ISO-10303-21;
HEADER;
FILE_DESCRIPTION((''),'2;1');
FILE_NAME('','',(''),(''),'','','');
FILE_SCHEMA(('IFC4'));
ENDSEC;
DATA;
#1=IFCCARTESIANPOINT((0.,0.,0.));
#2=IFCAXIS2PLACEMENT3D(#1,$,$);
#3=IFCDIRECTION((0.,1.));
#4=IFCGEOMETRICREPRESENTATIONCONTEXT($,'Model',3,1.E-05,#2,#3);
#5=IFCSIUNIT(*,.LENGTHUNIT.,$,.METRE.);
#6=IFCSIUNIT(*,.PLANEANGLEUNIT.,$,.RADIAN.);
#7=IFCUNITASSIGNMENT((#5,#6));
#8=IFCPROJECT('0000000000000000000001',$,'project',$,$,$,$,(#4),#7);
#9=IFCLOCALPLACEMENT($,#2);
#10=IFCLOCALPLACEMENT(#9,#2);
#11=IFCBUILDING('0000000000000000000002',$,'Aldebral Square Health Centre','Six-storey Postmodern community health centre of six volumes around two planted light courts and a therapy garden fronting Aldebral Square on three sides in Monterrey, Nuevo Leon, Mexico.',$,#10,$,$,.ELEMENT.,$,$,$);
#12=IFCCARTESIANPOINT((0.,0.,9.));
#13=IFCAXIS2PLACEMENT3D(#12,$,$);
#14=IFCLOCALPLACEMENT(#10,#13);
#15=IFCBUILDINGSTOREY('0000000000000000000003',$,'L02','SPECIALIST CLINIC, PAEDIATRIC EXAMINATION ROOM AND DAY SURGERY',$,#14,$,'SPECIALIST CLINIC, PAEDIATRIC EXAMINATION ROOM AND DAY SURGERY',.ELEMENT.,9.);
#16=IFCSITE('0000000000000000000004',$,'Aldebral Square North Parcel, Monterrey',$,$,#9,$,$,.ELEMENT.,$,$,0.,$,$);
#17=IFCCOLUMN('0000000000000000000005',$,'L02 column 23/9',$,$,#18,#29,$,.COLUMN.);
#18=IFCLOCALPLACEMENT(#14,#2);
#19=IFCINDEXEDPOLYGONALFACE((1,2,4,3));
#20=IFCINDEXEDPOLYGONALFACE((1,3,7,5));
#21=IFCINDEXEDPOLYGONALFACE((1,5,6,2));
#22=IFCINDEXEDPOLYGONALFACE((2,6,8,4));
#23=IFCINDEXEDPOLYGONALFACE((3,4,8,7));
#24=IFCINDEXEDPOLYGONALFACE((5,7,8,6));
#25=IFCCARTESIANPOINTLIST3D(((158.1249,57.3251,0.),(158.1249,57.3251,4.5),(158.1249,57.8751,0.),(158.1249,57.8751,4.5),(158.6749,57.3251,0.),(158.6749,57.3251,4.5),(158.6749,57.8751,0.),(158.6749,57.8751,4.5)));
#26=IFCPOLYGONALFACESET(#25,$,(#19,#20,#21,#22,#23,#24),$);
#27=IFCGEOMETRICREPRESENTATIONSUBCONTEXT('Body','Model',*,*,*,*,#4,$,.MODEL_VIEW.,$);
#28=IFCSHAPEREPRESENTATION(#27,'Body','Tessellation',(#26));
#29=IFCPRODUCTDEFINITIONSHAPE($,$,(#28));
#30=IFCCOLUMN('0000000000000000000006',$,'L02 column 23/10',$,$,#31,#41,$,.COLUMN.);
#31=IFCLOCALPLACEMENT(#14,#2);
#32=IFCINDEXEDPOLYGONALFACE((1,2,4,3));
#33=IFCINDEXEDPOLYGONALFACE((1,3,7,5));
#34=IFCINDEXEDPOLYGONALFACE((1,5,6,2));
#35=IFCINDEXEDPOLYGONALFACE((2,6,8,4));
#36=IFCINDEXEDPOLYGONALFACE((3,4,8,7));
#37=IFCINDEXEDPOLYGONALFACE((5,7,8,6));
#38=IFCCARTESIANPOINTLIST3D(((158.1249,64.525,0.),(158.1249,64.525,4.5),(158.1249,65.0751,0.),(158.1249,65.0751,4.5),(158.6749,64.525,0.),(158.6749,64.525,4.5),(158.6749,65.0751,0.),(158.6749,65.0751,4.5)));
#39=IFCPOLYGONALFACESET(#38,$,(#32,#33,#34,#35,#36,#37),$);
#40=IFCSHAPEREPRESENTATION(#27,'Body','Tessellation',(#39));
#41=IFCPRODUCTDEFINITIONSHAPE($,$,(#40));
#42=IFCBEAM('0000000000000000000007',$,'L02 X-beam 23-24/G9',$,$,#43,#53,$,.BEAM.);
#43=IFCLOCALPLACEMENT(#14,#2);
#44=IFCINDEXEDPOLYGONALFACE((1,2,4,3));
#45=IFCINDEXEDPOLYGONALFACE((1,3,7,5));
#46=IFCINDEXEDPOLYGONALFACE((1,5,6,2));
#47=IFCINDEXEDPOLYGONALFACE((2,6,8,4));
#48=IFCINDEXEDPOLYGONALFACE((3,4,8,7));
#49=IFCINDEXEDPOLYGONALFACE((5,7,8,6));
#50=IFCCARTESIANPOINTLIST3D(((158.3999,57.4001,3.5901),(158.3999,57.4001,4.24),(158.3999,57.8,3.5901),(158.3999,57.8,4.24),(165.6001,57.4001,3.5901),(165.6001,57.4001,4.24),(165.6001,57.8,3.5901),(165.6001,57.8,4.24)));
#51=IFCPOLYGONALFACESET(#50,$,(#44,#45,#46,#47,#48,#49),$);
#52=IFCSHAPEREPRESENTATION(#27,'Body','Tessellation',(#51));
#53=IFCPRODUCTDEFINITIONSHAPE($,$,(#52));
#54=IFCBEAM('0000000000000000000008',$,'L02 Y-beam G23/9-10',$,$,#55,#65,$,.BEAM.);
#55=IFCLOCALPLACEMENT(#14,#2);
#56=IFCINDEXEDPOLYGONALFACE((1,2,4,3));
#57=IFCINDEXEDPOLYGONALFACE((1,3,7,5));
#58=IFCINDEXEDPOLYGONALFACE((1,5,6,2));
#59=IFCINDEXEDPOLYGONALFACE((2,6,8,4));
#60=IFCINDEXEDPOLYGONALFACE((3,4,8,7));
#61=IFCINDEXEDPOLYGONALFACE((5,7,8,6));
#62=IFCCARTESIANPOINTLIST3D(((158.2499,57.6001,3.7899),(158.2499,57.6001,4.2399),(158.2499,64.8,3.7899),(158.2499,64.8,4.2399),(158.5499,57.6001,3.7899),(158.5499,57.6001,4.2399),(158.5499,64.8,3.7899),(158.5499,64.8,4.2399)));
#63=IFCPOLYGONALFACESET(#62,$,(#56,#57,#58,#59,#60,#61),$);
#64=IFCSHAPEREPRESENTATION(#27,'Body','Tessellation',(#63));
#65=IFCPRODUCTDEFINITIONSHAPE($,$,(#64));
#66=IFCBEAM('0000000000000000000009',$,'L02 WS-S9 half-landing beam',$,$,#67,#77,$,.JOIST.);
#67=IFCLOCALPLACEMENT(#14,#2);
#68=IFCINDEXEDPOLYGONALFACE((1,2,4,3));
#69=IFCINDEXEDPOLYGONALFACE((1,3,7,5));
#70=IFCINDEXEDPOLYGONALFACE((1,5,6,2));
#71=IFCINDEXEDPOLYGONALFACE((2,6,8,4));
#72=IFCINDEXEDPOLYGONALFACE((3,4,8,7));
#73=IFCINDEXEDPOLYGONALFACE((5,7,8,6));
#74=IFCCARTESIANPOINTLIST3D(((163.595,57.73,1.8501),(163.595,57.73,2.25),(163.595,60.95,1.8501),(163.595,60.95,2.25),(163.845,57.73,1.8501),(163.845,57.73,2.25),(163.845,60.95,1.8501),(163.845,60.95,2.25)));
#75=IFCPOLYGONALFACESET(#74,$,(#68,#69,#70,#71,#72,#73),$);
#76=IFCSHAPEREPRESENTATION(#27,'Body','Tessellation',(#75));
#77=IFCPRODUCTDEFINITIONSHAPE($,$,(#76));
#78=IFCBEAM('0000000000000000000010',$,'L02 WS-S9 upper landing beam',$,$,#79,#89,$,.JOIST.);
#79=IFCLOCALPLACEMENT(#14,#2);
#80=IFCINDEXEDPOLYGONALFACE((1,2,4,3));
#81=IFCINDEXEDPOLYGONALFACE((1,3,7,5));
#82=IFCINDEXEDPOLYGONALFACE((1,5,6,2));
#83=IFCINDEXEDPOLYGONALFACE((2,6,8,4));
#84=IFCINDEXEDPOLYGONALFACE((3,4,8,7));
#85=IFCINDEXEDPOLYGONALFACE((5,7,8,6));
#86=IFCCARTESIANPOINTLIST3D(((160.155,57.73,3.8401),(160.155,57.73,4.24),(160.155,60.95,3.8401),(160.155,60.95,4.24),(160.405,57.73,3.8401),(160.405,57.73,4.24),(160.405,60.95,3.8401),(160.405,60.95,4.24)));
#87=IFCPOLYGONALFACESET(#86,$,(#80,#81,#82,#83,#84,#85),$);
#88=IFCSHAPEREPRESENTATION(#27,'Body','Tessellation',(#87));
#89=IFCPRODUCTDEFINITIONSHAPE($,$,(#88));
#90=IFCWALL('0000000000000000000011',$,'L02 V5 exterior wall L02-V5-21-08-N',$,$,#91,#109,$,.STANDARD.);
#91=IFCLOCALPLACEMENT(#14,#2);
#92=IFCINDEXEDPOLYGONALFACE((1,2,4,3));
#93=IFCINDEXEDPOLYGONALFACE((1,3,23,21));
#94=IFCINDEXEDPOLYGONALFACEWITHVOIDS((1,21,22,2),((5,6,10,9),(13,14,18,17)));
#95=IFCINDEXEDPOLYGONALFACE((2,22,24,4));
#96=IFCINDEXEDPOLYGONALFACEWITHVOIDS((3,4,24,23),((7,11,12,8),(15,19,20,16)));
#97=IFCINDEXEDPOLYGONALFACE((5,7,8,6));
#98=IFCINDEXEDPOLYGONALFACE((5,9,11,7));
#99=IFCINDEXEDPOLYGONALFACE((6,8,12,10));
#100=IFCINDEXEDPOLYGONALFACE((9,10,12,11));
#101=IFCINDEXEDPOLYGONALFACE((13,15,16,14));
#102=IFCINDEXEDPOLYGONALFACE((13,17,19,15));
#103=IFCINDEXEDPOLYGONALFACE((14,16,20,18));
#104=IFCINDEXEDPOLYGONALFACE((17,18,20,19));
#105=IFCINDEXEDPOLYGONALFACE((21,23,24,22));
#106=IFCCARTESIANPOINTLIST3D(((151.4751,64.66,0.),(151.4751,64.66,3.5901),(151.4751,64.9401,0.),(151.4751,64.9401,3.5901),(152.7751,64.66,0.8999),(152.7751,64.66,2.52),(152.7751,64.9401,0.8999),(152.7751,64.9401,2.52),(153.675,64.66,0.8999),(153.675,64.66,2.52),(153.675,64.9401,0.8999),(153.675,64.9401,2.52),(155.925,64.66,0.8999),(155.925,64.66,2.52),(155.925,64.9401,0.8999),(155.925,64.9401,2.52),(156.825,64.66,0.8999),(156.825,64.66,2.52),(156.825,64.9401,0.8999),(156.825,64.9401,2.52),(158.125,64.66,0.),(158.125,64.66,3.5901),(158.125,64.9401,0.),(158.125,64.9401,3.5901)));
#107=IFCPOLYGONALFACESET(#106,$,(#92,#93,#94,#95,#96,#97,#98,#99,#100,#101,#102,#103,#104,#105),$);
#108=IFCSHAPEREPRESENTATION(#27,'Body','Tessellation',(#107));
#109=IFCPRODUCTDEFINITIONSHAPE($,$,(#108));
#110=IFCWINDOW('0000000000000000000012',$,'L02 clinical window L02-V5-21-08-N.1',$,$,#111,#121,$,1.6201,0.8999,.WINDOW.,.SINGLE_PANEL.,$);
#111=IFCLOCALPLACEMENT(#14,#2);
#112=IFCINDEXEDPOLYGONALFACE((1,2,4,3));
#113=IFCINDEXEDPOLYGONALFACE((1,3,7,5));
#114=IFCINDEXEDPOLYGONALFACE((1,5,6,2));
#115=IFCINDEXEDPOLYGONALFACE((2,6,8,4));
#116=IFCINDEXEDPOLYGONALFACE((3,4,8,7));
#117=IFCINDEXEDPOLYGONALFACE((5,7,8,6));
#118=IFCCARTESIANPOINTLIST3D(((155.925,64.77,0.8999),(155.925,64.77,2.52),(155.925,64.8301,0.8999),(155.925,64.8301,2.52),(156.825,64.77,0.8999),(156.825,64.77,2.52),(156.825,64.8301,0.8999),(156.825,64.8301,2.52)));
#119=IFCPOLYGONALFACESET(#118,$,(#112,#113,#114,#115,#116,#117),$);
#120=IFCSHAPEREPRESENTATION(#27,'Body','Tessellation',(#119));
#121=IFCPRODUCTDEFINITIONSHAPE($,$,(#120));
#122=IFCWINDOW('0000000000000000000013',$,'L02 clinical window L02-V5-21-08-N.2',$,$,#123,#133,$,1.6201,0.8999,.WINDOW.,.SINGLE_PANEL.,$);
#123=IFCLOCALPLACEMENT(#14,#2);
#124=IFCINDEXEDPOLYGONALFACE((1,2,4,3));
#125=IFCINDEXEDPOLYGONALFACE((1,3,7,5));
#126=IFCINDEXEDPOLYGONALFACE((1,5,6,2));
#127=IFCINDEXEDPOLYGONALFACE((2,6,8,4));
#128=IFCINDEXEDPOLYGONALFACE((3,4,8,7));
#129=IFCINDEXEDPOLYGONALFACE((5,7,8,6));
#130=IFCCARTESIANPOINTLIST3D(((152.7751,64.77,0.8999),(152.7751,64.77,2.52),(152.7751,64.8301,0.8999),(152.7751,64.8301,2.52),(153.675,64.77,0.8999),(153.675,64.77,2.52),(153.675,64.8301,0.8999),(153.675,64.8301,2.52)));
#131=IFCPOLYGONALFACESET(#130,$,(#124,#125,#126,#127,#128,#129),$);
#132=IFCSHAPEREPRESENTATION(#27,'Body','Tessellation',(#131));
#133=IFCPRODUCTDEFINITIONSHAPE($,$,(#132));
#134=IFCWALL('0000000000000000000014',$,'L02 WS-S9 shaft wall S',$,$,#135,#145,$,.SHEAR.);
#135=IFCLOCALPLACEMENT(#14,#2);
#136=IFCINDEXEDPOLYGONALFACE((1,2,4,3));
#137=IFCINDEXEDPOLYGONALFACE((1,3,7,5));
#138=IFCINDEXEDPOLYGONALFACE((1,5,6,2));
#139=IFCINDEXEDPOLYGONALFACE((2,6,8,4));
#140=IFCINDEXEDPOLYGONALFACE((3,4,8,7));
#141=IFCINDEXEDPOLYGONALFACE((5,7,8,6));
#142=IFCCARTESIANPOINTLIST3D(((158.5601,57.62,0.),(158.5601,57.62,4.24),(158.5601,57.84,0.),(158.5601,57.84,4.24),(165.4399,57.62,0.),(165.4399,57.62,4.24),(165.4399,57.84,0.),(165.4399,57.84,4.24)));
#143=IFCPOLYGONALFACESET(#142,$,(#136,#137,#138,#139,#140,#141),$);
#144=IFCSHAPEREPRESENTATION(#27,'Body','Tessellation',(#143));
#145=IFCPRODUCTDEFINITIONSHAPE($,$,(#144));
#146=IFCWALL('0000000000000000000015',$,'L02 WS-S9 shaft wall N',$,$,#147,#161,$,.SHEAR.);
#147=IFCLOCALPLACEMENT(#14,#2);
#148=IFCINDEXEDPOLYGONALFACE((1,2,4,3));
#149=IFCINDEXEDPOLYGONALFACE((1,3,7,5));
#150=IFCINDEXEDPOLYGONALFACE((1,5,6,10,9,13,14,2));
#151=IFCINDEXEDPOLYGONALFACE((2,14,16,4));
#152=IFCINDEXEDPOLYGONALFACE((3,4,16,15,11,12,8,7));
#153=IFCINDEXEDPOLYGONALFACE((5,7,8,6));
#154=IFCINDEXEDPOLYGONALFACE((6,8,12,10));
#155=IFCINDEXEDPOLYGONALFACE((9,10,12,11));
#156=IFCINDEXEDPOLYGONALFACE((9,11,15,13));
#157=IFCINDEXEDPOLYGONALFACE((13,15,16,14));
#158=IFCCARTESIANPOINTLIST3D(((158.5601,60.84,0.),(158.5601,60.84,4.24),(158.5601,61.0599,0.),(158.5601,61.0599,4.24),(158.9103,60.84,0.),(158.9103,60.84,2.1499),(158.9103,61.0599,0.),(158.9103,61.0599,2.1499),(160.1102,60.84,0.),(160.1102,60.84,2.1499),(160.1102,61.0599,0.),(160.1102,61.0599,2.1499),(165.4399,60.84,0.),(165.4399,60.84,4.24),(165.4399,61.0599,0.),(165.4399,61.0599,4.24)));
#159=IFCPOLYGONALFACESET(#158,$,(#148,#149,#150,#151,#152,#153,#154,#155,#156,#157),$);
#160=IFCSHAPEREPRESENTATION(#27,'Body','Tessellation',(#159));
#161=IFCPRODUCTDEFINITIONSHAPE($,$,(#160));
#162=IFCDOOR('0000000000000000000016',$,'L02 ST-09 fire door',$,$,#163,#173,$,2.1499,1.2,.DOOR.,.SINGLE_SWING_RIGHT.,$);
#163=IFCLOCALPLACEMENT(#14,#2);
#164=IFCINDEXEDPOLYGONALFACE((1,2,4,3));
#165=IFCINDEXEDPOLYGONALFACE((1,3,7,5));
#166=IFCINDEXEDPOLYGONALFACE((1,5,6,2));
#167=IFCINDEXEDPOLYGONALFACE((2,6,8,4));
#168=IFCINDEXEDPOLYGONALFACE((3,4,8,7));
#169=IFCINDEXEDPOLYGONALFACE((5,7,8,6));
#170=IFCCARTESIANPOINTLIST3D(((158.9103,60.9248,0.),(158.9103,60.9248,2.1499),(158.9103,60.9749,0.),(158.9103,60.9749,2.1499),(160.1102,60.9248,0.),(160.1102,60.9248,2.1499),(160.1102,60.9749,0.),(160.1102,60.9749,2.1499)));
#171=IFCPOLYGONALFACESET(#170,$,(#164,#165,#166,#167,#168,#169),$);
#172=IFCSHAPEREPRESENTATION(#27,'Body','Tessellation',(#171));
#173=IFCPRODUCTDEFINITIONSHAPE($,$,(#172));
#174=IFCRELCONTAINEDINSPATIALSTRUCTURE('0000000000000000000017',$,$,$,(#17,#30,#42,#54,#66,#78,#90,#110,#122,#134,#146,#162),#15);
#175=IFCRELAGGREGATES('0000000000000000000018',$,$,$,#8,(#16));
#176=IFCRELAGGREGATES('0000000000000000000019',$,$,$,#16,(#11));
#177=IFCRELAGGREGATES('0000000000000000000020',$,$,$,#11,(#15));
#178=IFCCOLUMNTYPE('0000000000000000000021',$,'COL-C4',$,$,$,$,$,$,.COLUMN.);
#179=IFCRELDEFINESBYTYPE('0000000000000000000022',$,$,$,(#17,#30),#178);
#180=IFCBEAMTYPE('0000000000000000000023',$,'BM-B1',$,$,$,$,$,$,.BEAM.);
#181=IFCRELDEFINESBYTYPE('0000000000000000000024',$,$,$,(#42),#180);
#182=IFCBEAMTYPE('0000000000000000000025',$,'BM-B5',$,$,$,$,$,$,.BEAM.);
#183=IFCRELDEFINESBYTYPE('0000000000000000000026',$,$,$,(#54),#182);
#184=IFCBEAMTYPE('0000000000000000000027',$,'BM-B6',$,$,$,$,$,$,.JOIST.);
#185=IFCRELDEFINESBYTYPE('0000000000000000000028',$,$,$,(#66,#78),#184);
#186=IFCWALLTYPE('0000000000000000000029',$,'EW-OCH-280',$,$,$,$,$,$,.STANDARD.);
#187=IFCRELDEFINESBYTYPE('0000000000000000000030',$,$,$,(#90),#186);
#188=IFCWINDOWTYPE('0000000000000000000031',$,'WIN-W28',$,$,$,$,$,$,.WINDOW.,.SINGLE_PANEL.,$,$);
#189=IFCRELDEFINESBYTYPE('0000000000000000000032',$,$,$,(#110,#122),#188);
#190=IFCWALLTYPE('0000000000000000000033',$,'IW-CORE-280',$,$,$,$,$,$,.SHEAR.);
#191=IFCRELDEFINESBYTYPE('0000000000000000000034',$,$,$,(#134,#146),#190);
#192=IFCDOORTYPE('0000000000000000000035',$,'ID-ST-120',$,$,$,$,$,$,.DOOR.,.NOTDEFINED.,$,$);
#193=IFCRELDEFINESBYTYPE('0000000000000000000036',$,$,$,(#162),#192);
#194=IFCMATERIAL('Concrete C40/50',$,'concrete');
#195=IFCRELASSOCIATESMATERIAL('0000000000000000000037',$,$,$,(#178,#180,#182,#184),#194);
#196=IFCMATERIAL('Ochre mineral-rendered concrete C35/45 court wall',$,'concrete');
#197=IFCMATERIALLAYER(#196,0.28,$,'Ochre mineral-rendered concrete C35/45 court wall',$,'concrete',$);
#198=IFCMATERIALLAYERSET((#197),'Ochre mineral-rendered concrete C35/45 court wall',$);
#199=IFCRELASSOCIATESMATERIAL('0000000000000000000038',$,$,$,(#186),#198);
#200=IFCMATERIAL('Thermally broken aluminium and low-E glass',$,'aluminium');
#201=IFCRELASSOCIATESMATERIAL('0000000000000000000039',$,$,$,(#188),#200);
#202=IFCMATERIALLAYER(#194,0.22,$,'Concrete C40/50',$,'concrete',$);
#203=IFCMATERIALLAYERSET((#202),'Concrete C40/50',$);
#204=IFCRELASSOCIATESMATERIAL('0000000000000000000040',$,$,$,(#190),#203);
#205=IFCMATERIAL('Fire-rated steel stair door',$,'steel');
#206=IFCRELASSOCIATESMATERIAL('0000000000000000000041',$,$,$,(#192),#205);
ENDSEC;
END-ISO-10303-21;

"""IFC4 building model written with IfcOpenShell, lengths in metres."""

from ifc_helpers import new_model, si_unit, direction, frame, frame_2d, origin, origin_2d, place, context, subcontext, project, spatial, rectangle, extrude, material, layer, layer_set, material_profile, profile_set, type_object, element, fill, save


model = new_model("IFC4")

# Units and contexts
model_context = context("Model", 3, precision=1e-05, world=origin(), true_north=direction((0.0, 1.0)))
body_context = subcontext(model_context, "Body", "Model", "MODEL_VIEW")
ifc_project = project(units=[si_unit("LENGTHUNIT", "METRE"), si_unit("PLANEANGLEUNIT", "RADIAN")], contexts=[model_context])

# Site, building, storey
site_placement = place(None, origin())
site = spatial("IfcSite", under=ifc_project, at=site_placement, Name="Aldebral Square North Parcel, Monterrey", CompositionType="ELEMENT", RefElevation=0.0)
building_placement = place(site_placement, origin())
building = spatial("IfcBuilding", under=site, at=building_placement, Name="Aldebral Square Health Centre", Description="Six-storey Postmodern community health centre of six volumes around two planted light courts and a therapy garden fronting Aldebral Square on three sides in Monterrey, Nuevo Leon, Mexico.", CompositionType="ELEMENT")
storey_placement = place(building_placement, frame((0.0, 0.0, 9.0)))
storey = spatial("IfcBuildingStorey", under=building, at=storey_placement, Name="L02", Description="SPECIALIST CLINIC, PAEDIATRIC EXAMINATION ROOM AND DAY SURGERY", LongName="SPECIALIST CLINIC, PAEDIATRIC EXAMINATION ROOM AND DAY SURGERY", CompositionType="ELEMENT", Elevation=9.0)

# Columns
ifc_material_1 = material(Name="Concrete C40/50", Category="concrete")
ifc_material_profile_1 = material_profile(ifc_material_1, rectangle(XDim=0.55, YDim=0.55, at=origin_2d()), Name="RC 550x550")
ifc_profile_set_1 = profile_set([ifc_material_profile_1], Name="Concrete C40/50")
column_type = type_object("IfcColumnType", Name="COL-C4", PredefinedType="COLUMN", material=ifc_profile_set_1)
for number, where, z_axis, x_axis, name in (
    (1, (158.3999, 57.6001, 0.0), (0.0, 0.0, 1.0), (1.0, 0.0, 0.0), "L02 column 23/9"),
    (2, (158.3999, 64.8, 0.0), (0.0, 0.0, 1.0), (1.0, 0.0, 0.0), "L02 column 23/10"),
):
    element("IfcColumn", number, at=place(storey_placement, frame(where, z_axis=z_axis, x_axis=x_axis)), inside=storey, type_object=column_type, Name=name, PredefinedType="COLUMN", context=body_context, shape_type="SweptSolid", body=[
        extrude(rectangle(XDim=0.55, YDim=0.55, at=origin_2d()), origin(), (0.0, 0.0, 1.0), 4.5),
    ])

# Beams
ifc_material_profile_2 = material_profile(ifc_material_1, rectangle(XDim=0.3999, YDim=0.6499, at=origin_2d()), Name="RC 400x650")
ifc_profile_set_2 = profile_set([ifc_material_profile_2], Name="Concrete C40/50")
beam_type_1 = type_object("IfcBeamType", Name="BM-B1", PredefinedType="BEAM", material=ifc_profile_set_2)
beam_1_placement = place(storey_placement, frame((158.3999, 57.6001, 3.915), z_axis=(1.0, 0.0, 0.0), x_axis=(0.0, 1.0, 0.0)))
element("IfcBeam", 3, at=beam_1_placement, inside=storey, type_object=beam_type_1, Name="L02 X-beam 23-24/G9", PredefinedType="BEAM", context=body_context, shape_type="SweptSolid", body=[
    extrude(rectangle(XDim=0.3999, YDim=0.6499, at=origin_2d()), origin(), (0.0, 0.0, 1.0), 7.2002),
])
ifc_material_profile_3 = material_profile(ifc_material_1, rectangle(XDim=0.3, YDim=0.45, at=origin_2d()), Name="RC 300x450")
ifc_profile_set_3 = profile_set([ifc_material_profile_3], Name="Concrete C40/50")
beam_type_2 = type_object("IfcBeamType", Name="BM-B5", PredefinedType="BEAM", material=ifc_profile_set_3)
beam_2_placement = place(storey_placement, frame((158.3999, 57.6001, 4.0149), z_axis=(0.0, 1.0, 0.0), x_axis=(-1.0, 0.0, 0.0)))
element("IfcBeam", 4, at=beam_2_placement, inside=storey, type_object=beam_type_2, Name="L02 Y-beam G23/9-10", PredefinedType="BEAM", context=body_context, shape_type="SweptSolid", body=[
    extrude(rectangle(XDim=0.3, YDim=0.45, at=origin_2d()), origin(), (0.0, 0.0, 1.0), 7.2),
])
ifc_material_profile_4 = material_profile(ifc_material_1, rectangle(XDim=0.25, YDim=0.3999, at=origin_2d()), Name="RC 250x400")
ifc_profile_set_4 = profile_set([ifc_material_profile_4], Name="Concrete C40/50")
beam_type_3 = type_object("IfcBeamType", Name="BM-B6", PredefinedType="JOIST", material=ifc_profile_set_4)
for number, where, z_axis, x_axis, name in (
    (5, (163.72, 57.73, 2.05), (0.0, 1.0, 0.0), (-1.0, 0.0, 0.0), "L02 WS-S9 half-landing beam"),
    (6, (160.28, 57.73, 4.04), (0.0, 1.0, 0.0), (-1.0, 0.0, 0.0), "L02 WS-S9 upper landing beam"),
):
    element("IfcBeam", number, at=place(storey_placement, frame(where, z_axis=z_axis, x_axis=x_axis)), inside=storey, type_object=beam_type_3, Name=name, PredefinedType="JOIST", context=body_context, shape_type="SweptSolid", body=[
        extrude(rectangle(XDim=0.25, YDim=0.3999, at=origin_2d()), origin(), (0.0, 0.0, 1.0), 3.22),
    ])

# Wall, openings, windows
ifc_material_2 = material(Name="Ochre mineral-rendered concrete C35/45 court wall", Category="concrete")
ifc_layer_1 = layer(ifc_material_2, 0.28, Name="Ochre mineral-rendered concrete C35/45 court wall", Category="concrete")
ifc_layer_set_1 = layer_set([ifc_layer_1], Name="Ochre mineral-rendered concrete C35/45 court wall")
wall_type_1 = type_object("IfcWallType", Name="EW-OCH-280", PredefinedType="STANDARD", material=ifc_layer_set_1)
wall_1_placement = place(storey_placement, frame((158.125, 64.8, 0.0), z_axis=(0.0, 0.0, 1.0), x_axis=(-1.0, 0.0, 0.0)))
wall_1 = element("IfcWall", 7, at=wall_1_placement, inside=storey, type_object=wall_type_1, Name="L02 V5 exterior wall L02-V5-21-08-N", PredefinedType="STANDARD", context=body_context, shape_type="SweptSolid", body=[
    extrude(rectangle(XDim=6.6499, YDim=0.28, at=frame_2d((3.325, 0.0))), origin(), (0.0, 0.0, 1.0), 3.5901),
])
opening_1_placement = place(wall_1_placement, frame((1.3, 0.0, 0.8999)))
opening_1 = element("IfcOpeningElement", 8, at=opening_1_placement, cuts=wall_1, PredefinedType="OPENING", context=body_context, shape_type="SweptSolid", body=[
    extrude(rectangle(XDim=0.8999, YDim=1.6201, at=frame_2d((0.45, 0.8101))), frame((0.0, 0.1499, 0.0), z_axis=(0.0, -1.0, 0.0), x_axis=(1.0, 0.0, 0.0)), (0.0, 0.0, 1.0), 0.3),
])
opening_2_placement = place(wall_1_placement, frame((4.45, 0.0, 0.8999)))
opening_2 = element("IfcOpeningElement", 9, at=opening_2_placement, cuts=wall_1, PredefinedType="OPENING", context=body_context, shape_type="SweptSolid", body=[
    extrude(rectangle(XDim=0.8999, YDim=1.6201, at=frame_2d((0.45, 0.8101))), frame((0.0, 0.1499, 0.0), z_axis=(0.0, -1.0, 0.0), x_axis=(1.0, 0.0, 0.0)), (0.0, 0.0, 1.0), 0.3),
])
ifc_material_3 = material(Name="Thermally broken aluminium and low-E glass", Category="aluminium")
window_type = type_object("IfcWindowType", Name="WIN-W28", PartitioningType="SINGLE_PANEL", PredefinedType="WINDOW", material=ifc_material_3)
window_1_placement = place(opening_1_placement, origin())
window_1 = element("IfcWindow", 10, at=window_1_placement, inside=storey, type_object=window_type, Name="L02 clinical window L02-V5-21-08-N.1", OverallHeight=1.6201, OverallWidth=0.8999, PartitioningType="SINGLE_PANEL", PredefinedType="WINDOW", context=body_context, shape_type="SweptSolid", body=[
    extrude(rectangle(XDim=0.8999, YDim=1.6201, at=frame_2d((0.45, 0.8101))), frame((0.0, 0.03, 0.0), z_axis=(0.0, -1.0, 0.0), x_axis=(1.0, 0.0, 0.0)), (0.0, 0.0, 1.0), 0.0601),
])
fill(opening_1, window_1)
window_2_placement = place(opening_2_placement, origin())
window_2 = element("IfcWindow", 11, at=window_2_placement, inside=storey, type_object=window_type, Name="L02 clinical window L02-V5-21-08-N.2", OverallHeight=1.6201, OverallWidth=0.8999, PartitioningType="SINGLE_PANEL", PredefinedType="WINDOW", context=body_context, shape_type="SweptSolid", body=[
    extrude(rectangle(XDim=0.8999, YDim=1.6201, at=frame_2d((0.45, 0.8101))), frame((0.0, 0.03, 0.0), z_axis=(0.0, -1.0, 0.0), x_axis=(1.0, 0.0, 0.0)), (0.0, 0.0, 1.0), 0.0601),
])
fill(opening_2, window_2)

# Wall
ifc_layer_2 = layer(ifc_material_1, 0.22, Name="Concrete C40/50", Category="concrete")
ifc_layer_set_2 = layer_set([ifc_layer_2], Name="Concrete C40/50")
wall_type_2 = type_object("IfcWallType", Name="IW-CORE-280", PredefinedType="SHEAR", material=ifc_layer_set_2)
wall_2_placement = place(storey_placement, frame((158.5601, 57.73, 0.0), z_axis=(0.0, 0.0, 1.0), x_axis=(1.0, 0.0, 0.0)))
element("IfcWall", 12, at=wall_2_placement, inside=storey, type_object=wall_type_2, Name="L02 WS-S9 shaft wall S", PredefinedType="SHEAR", context=body_context, shape_type="SweptSolid", body=[
    extrude(rectangle(XDim=6.8799, YDim=0.22, at=frame_2d((3.4399, 0.0))), origin(), (0.0, 0.0, 1.0), 4.24),
])

# Wall, opening, door
wall_3_placement = place(storey_placement, frame((158.5601, 60.95, 0.0), z_axis=(0.0, 0.0, 1.0), x_axis=(1.0, 0.0, 0.0)))
wall_3 = element("IfcWall", 13, at=wall_3_placement, inside=storey, type_object=wall_type_2, Name="L02 WS-S9 shaft wall N", PredefinedType="SHEAR", context=body_context, shape_type="SweptSolid", body=[
    extrude(rectangle(XDim=6.8799, YDim=0.22, at=frame_2d((3.4399, 0.0))), origin(), (0.0, 0.0, 1.0), 4.24),
])
opening_3_placement = place(wall_3_placement, frame((0.3501, 0.0, 0.0)))
opening_3 = element("IfcOpeningElement", 14, at=opening_3_placement, cuts=wall_3, PredefinedType="OPENING", context=body_context, shape_type="SweptSolid", body=[
    extrude(rectangle(XDim=1.2, YDim=2.1499, at=frame_2d((0.6001, 1.075))), frame((0.0, 0.1201, 0.0), z_axis=(0.0, -1.0, 0.0), x_axis=(1.0, 0.0, 0.0)), (0.0, 0.0, 1.0), 0.24),
])
ifc_material_4 = material(Name="Fire-rated steel stair door", Category="steel")
door_type = type_object("IfcDoorType", Name="ID-ST-120", OperationType="NOTDEFINED", PredefinedType="DOOR", material=ifc_material_4)
door_placement = place(opening_3_placement, origin())
door = element("IfcDoor", 15, at=door_placement, inside=storey, type_object=door_type, Name="L02 ST-09 fire door", OperationType="SINGLE_SWING_RIGHT", OverallHeight=2.1499, OverallWidth=1.2, PredefinedType="DOOR", context=body_context, shape_type="SweptSolid", body=[
    extrude(rectangle(XDim=1.2, YDim=2.1499, at=frame_2d((0.6001, 1.075))), frame((0.0, 0.0249, 0.0), z_axis=(0.0, -1.0, 0.0), x_axis=(1.0, 0.0, 0.0)), (0.0, 0.0, 1.0), 0.05),
])
fill(opening_3, door)

save(model, "model.ifc")
